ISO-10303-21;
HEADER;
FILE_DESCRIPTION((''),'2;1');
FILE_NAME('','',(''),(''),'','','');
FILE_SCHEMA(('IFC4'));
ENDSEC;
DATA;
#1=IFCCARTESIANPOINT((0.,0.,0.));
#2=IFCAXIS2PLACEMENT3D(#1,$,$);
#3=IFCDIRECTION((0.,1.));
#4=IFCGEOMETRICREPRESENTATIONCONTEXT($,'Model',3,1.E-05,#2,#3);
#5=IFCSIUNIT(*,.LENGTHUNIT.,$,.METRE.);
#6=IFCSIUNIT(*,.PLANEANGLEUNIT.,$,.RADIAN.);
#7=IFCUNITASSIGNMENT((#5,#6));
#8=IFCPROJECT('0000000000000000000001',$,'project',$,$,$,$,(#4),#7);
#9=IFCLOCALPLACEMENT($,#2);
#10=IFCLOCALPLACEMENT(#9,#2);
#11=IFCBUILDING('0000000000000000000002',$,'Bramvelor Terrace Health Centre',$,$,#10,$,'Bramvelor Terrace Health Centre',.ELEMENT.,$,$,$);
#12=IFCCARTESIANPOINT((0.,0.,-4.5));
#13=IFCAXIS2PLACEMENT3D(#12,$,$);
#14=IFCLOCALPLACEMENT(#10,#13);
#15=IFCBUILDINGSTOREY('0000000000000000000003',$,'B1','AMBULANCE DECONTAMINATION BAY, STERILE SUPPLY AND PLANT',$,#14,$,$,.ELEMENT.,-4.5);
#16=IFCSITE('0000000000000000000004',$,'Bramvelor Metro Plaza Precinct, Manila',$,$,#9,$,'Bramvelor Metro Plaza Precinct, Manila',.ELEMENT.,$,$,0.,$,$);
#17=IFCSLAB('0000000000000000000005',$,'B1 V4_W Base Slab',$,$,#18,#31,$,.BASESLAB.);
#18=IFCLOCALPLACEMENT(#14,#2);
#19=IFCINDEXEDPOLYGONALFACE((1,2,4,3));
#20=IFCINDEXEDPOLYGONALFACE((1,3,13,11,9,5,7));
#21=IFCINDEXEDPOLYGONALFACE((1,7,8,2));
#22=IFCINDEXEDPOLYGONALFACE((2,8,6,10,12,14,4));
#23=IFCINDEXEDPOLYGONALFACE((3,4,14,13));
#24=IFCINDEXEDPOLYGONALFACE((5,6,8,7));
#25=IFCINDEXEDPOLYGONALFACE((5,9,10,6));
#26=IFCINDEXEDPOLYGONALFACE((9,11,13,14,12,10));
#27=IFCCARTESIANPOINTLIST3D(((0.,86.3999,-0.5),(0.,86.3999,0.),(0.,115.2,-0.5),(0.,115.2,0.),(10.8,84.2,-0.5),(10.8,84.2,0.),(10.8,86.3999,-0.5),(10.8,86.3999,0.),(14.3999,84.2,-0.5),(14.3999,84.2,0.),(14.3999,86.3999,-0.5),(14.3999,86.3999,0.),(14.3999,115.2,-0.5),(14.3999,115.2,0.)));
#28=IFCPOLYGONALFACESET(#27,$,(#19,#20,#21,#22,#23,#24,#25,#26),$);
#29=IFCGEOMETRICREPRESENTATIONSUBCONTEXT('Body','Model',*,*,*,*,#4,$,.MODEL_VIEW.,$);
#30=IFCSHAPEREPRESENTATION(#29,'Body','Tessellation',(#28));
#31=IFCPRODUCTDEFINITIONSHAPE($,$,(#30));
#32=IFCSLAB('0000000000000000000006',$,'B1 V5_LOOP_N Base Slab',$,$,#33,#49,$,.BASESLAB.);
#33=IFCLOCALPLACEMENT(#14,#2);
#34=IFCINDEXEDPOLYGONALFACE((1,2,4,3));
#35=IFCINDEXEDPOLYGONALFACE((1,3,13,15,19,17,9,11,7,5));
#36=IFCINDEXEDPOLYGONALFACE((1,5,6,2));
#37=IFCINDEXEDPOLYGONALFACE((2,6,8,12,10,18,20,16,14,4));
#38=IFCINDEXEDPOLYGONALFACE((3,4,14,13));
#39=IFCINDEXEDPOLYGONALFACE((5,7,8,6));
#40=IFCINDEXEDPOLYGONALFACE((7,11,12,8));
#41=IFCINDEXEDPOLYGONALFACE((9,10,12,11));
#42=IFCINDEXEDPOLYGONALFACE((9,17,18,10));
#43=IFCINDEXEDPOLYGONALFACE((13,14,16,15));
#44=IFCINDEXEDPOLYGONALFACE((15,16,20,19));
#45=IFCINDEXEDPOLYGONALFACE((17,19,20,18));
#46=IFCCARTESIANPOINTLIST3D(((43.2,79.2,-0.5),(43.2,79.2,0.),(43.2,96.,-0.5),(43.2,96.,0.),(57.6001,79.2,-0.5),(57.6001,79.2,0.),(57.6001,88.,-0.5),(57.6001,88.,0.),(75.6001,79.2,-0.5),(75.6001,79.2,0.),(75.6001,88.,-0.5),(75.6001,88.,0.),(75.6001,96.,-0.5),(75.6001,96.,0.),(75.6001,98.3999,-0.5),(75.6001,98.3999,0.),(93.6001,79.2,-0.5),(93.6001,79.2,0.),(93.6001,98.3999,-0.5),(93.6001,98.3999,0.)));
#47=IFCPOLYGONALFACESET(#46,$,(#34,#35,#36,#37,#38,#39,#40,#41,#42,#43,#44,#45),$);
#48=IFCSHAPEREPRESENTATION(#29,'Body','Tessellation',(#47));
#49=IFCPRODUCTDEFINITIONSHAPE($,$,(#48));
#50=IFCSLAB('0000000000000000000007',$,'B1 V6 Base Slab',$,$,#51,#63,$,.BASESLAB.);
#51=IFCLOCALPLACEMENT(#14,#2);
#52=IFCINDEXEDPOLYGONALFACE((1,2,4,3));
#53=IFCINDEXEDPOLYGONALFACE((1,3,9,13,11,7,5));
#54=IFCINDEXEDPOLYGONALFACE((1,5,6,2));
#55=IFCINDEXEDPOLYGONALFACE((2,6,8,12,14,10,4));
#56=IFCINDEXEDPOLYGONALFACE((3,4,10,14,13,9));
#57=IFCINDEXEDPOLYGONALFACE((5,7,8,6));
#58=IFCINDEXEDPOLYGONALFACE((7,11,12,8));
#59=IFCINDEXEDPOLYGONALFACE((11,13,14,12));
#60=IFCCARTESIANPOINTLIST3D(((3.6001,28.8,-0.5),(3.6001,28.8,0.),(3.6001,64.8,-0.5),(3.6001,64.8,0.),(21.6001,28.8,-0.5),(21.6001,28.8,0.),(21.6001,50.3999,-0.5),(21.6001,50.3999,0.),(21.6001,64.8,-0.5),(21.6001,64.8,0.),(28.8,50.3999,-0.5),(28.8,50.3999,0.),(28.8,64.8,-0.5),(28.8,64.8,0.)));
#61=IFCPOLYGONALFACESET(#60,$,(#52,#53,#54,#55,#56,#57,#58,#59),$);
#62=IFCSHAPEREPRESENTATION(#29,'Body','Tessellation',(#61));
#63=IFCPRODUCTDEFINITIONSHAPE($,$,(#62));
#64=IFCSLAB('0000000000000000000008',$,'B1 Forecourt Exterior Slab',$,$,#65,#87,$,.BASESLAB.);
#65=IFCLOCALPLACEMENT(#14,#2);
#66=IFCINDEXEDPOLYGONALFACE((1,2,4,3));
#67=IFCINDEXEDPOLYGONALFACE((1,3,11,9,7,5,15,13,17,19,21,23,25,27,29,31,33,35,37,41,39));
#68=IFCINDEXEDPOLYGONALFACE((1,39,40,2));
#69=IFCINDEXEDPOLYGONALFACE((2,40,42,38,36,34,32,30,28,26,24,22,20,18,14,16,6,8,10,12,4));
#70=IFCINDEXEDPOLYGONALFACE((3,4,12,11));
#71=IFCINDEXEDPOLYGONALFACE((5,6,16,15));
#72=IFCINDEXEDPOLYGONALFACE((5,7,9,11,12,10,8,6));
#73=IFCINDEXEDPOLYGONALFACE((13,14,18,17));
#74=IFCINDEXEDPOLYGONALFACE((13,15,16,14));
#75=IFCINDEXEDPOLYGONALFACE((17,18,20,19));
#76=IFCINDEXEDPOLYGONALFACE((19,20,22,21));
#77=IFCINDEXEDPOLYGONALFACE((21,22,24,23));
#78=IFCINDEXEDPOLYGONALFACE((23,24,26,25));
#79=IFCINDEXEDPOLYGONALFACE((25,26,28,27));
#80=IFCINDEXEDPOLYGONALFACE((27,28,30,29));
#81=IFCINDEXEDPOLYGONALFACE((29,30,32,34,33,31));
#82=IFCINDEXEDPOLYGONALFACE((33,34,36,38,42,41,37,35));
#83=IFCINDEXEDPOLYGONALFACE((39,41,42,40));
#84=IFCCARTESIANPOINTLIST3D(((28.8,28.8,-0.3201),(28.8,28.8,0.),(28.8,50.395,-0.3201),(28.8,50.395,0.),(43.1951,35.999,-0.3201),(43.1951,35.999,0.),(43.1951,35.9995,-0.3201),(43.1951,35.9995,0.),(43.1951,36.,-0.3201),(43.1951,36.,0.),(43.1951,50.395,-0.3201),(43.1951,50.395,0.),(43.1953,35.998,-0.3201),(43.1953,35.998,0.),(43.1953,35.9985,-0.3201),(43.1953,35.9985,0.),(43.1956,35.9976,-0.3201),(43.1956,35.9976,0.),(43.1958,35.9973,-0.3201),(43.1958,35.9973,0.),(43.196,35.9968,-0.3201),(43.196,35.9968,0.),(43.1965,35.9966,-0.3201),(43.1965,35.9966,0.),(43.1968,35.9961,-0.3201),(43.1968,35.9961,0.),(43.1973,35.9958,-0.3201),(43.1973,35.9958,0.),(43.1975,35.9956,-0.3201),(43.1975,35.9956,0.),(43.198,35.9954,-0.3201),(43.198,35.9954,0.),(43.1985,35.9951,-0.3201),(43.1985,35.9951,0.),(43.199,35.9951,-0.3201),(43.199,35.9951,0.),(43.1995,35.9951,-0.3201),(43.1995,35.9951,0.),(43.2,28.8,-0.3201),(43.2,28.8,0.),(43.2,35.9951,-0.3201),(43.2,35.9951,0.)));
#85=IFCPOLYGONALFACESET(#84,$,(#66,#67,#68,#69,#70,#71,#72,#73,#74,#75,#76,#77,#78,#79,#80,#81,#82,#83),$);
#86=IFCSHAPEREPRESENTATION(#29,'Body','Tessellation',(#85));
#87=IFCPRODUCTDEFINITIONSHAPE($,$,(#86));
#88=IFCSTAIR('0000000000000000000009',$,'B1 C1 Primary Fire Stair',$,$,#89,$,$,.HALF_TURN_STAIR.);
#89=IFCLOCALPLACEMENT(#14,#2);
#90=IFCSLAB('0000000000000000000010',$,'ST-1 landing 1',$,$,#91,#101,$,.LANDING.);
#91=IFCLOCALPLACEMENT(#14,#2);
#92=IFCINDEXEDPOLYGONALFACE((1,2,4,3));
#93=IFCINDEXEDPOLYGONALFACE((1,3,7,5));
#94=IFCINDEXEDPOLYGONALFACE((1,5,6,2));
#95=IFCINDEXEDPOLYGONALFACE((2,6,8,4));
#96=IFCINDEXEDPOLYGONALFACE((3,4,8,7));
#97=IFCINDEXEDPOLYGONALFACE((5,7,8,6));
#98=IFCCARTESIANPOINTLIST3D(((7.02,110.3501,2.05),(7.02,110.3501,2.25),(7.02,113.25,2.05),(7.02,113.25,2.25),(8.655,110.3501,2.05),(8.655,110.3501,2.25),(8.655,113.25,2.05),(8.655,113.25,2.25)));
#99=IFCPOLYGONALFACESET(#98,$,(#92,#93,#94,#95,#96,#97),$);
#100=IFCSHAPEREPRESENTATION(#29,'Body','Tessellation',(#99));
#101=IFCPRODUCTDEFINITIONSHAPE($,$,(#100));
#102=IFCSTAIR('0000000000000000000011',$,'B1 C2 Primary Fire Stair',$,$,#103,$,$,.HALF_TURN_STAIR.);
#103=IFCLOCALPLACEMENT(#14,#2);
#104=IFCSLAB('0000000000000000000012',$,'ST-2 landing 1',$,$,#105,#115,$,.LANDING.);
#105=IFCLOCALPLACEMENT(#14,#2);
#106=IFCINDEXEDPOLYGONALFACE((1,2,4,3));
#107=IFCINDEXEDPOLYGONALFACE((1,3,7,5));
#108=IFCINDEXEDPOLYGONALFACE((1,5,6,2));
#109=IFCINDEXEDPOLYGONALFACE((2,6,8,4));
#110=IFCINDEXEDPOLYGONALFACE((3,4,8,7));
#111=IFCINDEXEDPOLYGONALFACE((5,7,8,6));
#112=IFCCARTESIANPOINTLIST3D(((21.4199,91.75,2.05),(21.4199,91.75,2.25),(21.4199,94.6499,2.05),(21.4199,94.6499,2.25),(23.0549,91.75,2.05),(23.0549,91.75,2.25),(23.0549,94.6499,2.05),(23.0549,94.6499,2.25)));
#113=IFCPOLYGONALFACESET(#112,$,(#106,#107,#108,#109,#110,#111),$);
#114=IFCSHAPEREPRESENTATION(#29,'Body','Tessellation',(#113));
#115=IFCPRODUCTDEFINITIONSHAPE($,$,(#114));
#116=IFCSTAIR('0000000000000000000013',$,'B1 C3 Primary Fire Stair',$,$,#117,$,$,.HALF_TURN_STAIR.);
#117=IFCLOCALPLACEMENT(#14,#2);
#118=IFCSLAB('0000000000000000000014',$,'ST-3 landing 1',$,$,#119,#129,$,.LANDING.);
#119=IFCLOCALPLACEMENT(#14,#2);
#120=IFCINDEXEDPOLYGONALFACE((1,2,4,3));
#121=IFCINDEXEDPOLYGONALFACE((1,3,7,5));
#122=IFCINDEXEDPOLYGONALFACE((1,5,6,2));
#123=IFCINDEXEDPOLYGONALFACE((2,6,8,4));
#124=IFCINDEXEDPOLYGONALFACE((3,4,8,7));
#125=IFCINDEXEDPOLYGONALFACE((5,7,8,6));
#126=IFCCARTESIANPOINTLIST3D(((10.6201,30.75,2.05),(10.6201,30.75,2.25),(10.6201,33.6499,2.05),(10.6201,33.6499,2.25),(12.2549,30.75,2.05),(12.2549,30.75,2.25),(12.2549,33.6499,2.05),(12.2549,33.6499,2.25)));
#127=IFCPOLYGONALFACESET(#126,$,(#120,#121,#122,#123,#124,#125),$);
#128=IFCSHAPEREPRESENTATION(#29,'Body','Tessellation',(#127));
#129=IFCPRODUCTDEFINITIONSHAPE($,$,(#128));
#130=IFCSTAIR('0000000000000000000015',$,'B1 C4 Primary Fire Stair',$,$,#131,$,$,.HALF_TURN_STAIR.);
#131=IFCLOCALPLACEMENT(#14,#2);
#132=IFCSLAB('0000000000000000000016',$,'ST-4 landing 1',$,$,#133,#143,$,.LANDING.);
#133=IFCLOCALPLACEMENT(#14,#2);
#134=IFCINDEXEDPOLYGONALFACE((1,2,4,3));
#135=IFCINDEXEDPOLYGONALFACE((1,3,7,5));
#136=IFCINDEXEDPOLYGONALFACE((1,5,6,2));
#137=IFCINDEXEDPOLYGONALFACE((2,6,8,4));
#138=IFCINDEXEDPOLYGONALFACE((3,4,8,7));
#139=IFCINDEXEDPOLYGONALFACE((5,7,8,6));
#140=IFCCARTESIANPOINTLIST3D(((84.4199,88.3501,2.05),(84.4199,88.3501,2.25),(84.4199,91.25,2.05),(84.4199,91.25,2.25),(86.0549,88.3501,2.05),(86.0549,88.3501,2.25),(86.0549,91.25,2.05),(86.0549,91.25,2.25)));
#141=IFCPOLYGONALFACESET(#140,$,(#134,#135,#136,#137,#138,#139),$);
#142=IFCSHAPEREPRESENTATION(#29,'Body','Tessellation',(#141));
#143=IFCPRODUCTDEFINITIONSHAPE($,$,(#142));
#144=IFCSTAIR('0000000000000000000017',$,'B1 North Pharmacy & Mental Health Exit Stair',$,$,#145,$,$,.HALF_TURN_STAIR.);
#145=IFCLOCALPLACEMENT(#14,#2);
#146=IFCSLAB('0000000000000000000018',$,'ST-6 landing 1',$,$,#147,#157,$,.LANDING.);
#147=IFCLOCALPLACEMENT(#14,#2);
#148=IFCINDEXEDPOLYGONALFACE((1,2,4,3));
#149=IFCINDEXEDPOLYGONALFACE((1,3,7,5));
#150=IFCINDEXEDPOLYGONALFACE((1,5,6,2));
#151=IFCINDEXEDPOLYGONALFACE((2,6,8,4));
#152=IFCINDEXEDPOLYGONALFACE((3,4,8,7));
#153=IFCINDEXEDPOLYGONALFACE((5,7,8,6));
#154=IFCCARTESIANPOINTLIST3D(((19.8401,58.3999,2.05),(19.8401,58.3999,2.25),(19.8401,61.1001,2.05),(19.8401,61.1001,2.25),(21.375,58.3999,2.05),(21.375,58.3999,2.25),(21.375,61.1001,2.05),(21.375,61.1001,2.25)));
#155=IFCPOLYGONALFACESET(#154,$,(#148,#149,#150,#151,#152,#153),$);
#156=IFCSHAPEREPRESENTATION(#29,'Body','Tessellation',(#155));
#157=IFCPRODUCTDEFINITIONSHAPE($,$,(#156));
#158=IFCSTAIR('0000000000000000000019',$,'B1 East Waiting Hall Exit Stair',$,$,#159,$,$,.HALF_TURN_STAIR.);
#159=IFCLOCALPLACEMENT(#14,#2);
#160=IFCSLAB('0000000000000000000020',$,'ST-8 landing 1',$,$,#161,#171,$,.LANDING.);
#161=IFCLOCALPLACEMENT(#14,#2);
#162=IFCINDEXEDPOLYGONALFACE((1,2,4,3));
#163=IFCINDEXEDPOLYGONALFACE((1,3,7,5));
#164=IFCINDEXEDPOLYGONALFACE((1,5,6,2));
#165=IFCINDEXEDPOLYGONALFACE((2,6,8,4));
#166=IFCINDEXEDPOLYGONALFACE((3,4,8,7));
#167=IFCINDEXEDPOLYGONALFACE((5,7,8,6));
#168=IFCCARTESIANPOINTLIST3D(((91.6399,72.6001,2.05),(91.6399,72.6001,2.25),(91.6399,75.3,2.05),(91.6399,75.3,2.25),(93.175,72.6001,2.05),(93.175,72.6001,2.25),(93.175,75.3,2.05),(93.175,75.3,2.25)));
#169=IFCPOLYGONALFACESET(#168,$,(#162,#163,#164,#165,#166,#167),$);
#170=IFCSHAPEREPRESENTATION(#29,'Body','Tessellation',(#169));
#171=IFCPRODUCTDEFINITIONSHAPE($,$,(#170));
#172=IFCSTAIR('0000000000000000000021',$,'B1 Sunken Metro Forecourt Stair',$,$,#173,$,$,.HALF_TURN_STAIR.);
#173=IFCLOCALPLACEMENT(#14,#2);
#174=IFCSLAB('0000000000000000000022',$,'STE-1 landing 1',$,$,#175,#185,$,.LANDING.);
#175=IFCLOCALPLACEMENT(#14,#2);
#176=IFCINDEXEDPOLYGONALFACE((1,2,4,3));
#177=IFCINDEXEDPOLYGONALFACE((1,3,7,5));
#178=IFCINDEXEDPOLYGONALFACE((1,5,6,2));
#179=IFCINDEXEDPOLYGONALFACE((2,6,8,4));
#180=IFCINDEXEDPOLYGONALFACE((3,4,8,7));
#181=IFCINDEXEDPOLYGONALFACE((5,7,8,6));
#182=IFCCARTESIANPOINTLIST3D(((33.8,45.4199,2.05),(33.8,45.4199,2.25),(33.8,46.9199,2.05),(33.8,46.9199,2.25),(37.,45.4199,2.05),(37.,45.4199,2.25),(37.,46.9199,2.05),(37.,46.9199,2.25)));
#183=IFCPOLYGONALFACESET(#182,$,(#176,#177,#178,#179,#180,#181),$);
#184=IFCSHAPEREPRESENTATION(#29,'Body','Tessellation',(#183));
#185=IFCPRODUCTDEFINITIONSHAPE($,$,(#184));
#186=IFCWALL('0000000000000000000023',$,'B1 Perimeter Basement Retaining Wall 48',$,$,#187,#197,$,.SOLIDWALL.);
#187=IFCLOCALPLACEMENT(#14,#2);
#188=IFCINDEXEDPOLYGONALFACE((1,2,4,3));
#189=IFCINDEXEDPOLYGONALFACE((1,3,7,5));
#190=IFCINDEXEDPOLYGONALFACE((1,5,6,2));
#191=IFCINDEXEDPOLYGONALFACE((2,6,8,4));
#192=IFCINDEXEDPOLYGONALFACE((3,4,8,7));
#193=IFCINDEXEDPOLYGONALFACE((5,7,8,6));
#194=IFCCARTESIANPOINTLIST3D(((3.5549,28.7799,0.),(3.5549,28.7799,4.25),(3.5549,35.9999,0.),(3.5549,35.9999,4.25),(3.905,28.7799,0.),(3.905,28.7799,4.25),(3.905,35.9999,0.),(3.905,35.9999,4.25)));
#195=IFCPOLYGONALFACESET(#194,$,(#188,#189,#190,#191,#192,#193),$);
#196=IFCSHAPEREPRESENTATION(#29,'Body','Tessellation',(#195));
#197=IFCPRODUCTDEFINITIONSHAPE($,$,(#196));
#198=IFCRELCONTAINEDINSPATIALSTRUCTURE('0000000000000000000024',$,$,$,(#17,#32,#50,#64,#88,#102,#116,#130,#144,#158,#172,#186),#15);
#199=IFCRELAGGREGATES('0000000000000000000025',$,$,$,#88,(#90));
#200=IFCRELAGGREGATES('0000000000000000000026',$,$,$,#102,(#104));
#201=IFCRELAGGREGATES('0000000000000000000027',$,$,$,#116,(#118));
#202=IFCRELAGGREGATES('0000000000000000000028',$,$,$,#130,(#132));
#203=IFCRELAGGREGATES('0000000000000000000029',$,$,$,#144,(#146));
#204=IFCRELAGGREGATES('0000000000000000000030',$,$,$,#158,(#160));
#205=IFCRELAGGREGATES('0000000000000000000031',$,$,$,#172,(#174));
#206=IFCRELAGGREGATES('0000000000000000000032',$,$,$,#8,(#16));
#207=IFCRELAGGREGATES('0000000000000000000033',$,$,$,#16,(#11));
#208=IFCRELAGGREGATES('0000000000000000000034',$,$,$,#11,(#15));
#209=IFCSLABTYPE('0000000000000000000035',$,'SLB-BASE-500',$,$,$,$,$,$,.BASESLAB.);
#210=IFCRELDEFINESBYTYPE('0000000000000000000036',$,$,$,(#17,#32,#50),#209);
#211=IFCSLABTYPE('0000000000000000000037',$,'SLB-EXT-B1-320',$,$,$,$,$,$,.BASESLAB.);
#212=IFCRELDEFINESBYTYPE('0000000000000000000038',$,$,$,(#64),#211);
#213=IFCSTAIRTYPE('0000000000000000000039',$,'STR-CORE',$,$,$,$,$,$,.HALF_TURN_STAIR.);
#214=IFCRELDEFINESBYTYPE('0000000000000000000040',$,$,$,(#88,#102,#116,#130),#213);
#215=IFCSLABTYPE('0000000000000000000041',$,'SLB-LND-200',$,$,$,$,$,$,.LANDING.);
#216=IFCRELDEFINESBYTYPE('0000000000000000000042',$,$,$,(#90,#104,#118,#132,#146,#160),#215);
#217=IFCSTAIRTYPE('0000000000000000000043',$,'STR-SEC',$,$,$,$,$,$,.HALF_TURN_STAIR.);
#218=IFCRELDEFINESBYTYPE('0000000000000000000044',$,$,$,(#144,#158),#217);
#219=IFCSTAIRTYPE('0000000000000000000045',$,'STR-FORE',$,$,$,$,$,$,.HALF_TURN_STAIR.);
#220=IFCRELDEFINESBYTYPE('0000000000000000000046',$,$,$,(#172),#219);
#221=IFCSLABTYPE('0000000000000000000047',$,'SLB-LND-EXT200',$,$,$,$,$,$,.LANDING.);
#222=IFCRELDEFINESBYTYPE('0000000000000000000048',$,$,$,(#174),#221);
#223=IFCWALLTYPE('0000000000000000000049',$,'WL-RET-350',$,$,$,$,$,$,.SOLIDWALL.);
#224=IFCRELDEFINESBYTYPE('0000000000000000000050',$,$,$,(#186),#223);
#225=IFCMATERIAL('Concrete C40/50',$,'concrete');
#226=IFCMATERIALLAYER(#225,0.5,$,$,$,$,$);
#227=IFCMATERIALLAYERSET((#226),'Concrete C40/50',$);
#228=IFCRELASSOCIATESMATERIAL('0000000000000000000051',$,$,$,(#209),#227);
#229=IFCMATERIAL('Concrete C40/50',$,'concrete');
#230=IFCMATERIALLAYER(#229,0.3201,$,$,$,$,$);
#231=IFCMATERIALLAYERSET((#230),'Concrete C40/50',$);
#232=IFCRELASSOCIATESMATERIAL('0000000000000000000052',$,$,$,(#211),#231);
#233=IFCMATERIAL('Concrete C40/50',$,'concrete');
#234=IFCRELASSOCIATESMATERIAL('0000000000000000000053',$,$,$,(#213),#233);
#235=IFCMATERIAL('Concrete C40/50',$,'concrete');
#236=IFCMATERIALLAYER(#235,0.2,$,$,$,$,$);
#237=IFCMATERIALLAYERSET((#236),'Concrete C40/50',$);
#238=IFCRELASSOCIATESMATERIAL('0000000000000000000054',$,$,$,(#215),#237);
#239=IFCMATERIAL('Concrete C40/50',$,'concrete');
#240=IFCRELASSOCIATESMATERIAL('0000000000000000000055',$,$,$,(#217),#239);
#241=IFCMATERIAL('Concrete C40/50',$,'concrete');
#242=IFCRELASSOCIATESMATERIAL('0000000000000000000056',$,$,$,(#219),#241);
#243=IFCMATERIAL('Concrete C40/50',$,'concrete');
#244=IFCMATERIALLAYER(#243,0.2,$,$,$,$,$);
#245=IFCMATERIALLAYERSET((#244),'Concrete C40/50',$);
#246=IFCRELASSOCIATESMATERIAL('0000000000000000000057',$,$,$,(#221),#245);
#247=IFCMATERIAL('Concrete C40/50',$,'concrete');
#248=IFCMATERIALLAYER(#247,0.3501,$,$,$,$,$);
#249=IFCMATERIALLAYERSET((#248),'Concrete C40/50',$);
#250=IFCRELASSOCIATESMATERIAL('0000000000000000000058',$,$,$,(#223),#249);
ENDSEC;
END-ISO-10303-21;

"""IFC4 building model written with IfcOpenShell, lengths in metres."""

from ifc_helpers import new_model, si_unit, direction, frame, frame_2d, origin, place, context, subcontext, project, spatial, polyline, rectangle, outline, extrude, material, layer, layer_set, type_object, element, aggregate, save


model = new_model("IFC4")

# Units and contexts
model_context = context("Model", 3, precision=1e-05, world=origin(), true_north=direction((0.0, 1.0)))
body_context = subcontext(model_context, "Body", "Model", "MODEL_VIEW")
ifc_project = project(units=[si_unit("LENGTHUNIT", "METRE"), si_unit("PLANEANGLEUNIT", "RADIAN")], contexts=[model_context])

# Site, building, storey
site_placement = place(None, origin())
site = spatial("IfcSite", under=ifc_project, at=site_placement, Name="Bramvelor Metro Plaza Precinct, Manila", LongName="Bramvelor Metro Plaza Precinct, Manila", CompositionType="ELEMENT", RefElevation=0.0)
building_placement = place(site_placement, origin())
building = spatial("IfcBuilding", under=site, at=building_placement, Name="Bramvelor Terrace Health Centre", LongName="Bramvelor Terrace Health Centre", CompositionType="ELEMENT")
storey_placement = place(building_placement, frame((0.0, 0.0, -4.5)))
storey = spatial("IfcBuildingStorey", under=building, at=storey_placement, Name="B1", Description="AMBULANCE DECONTAMINATION BAY, STERILE SUPPLY AND PLANT", CompositionType="ELEMENT", Elevation=-4.5)

# Slabs
ifc_material_1 = material(Name="Concrete C40/50", Category="concrete")
ifc_layer_1 = layer(ifc_material_1, 0.5)
ifc_layer_set_1 = layer_set([ifc_layer_1], Name="Concrete C40/50")
slab_type_1 = type_object("IfcSlabType", Name="SLB-BASE-500", PredefinedType="BASESLAB", material=ifc_layer_set_1)
slab_1_placement = place(storey_placement, frame((0.0, 0.0, -0.5)))
element("IfcSlab", 1, at=slab_1_placement, inside=storey, type_object=slab_type_1, Name="B1 V4_W Base Slab", PredefinedType="BASESLAB", context=body_context, shape_type="SweptSolid", body=[
    extrude(outline(polyline([(0.0, 86.3999), (0.0, 115.2), (14.3999, 115.2), (14.3999, 86.3999), (14.3999, 84.2), (10.8, 84.2), (10.8, 86.3999), (0.0, 86.3999)])), origin(), (0.0, 0.0, 1.0), 0.5),
])
slab_2_placement = place(storey_placement, frame((0.0, 0.0, -0.5)))
element("IfcSlab", 2, at=slab_2_placement, inside=storey, type_object=slab_type_1, Name="B1 V5_LOOP_N Base Slab", PredefinedType="BASESLAB", context=body_context, shape_type="SweptSolid", body=[
    extrude(outline(polyline([(43.2, 96.0), (75.6001, 96.0), (75.6001, 98.3999), (93.6001, 98.3999), (93.6001, 79.2), (75.6001, 79.2), (75.6001, 88.0), (57.6001, 88.0), (57.6001, 79.2), (43.2, 79.2), (43.2, 96.0)])), origin(), (0.0, 0.0, 1.0), 0.5),
])
slab_3_placement = place(storey_placement, frame((0.0, 0.0, -0.5)))
element("IfcSlab", 3, at=slab_3_placement, inside=storey, type_object=slab_type_1, Name="B1 V6 Base Slab", PredefinedType="BASESLAB", context=body_context, shape_type="SweptSolid", body=[
    extrude(outline(polyline([(21.6001, 28.8), (3.6001, 28.8), (3.6001, 64.8), (21.6001, 64.8), (28.8, 64.8), (28.8, 50.3999), (21.6001, 50.3999), (21.6001, 28.8)])), origin(), (0.0, 0.0, 1.0), 0.5),
])
ifc_material_2 = material(Name="Concrete C40/50", Category="concrete")
ifc_layer_2 = layer(ifc_material_2, 0.3201)
ifc_layer_set_2 = layer_set([ifc_layer_2], Name="Concrete C40/50")
slab_type_2 = type_object("IfcSlabType", Name="SLB-EXT-B1-320", PredefinedType="BASESLAB", material=ifc_layer_set_2)
slab_4_placement = place(storey_placement, frame((0.0, 0.0, -0.3201)))
element("IfcSlab", 4, at=slab_4_placement, inside=storey, type_object=slab_type_2, Name="B1 Forecourt Exterior Slab", PredefinedType="BASESLAB", context=body_context, shape_type="SweptSolid", body=[
    extrude(outline(polyline([(43.2, 28.8), (28.8, 28.8), (28.8, 50.395), (43.1951, 50.395), (43.1951, 36.0), (43.1951, 35.9995), (43.1951, 35.999), (43.1953, 35.9985), (43.1953, 35.998), (43.1956, 35.9976), (43.1958, 35.9973), (43.196, 35.9968), (43.1965, 35.9966), (43.1968, 35.9961), (43.1973, 35.9958), (43.1975, 35.9956), (43.198, 35.9954), (43.1985, 35.9951), (43.199, 35.9951), (43.1995, 35.9951), (43.2, 35.9951), (43.2, 28.8)])), origin(), (0.0, 0.0, 1.0), 0.3201),
])

# Stairs, slabs
ifc_material_3 = material(Name="Concrete C40/50", Category="concrete")
stair_type_1 = type_object("IfcStairType", Name="STR-CORE", PredefinedType="HALF_TURN_STAIR", material=ifc_material_3)
stair_1_placement = place(storey_placement, origin())
stair_1 = element("IfcStair", 5, at=stair_1_placement, inside=storey, type_object=stair_type_1, Name="B1 C1 Primary Fire Stair", PredefinedType="HALF_TURN_STAIR")
ifc_material_4 = material(Name="Concrete C40/50", Category="concrete")
ifc_layer_3 = layer(ifc_material_4, 0.2)
ifc_layer_set_3 = layer_set([ifc_layer_3], Name="Concrete C40/50")
slab_type_3 = type_object("IfcSlabType", Name="SLB-LND-200", PredefinedType="LANDING", material=ifc_layer_set_3)
slab_5_placement = place(storey_placement, frame((0.0, 0.0, 2.05)))
slab_5 = element("IfcSlab", 6, at=slab_5_placement, type_object=slab_type_3, Name="ST-1 landing 1", PredefinedType="LANDING", context=body_context, shape_type="SweptSolid", body=[
    extrude(outline(polyline([(7.02, 110.3501), (8.655, 110.3501), (8.655, 113.25), (7.02, 113.25), (7.02, 110.3501)])), origin(), (0.0, 0.0, 1.0), 0.2),
])
aggregate(stair_1, [slab_5])
stair_2_placement = place(storey_placement, origin())
stair_2 = element("IfcStair", 7, at=stair_2_placement, inside=storey, type_object=stair_type_1, Name="B1 C2 Primary Fire Stair", PredefinedType="HALF_TURN_STAIR")
slab_6_placement = place(storey_placement, frame((0.0, 0.0, 2.05)))
slab_6 = element("IfcSlab", 8, at=slab_6_placement, type_object=slab_type_3, Name="ST-2 landing 1", PredefinedType="LANDING", context=body_context, shape_type="SweptSolid", body=[
    extrude(outline(polyline([(21.4199, 91.75), (23.0549, 91.75), (23.0549, 94.6499), (21.4199, 94.6499), (21.4199, 91.75)])), origin(), (0.0, 0.0, 1.0), 0.2),
])
aggregate(stair_2, [slab_6])
stair_3_placement = place(storey_placement, origin())
stair_3 = element("IfcStair", 9, at=stair_3_placement, inside=storey, type_object=stair_type_1, Name="B1 C3 Primary Fire Stair", PredefinedType="HALF_TURN_STAIR")
slab_7_placement = place(storey_placement, frame((0.0, 0.0, 2.05)))
slab_7 = element("IfcSlab", 10, at=slab_7_placement, type_object=slab_type_3, Name="ST-3 landing 1", PredefinedType="LANDING", context=body_context, shape_type="SweptSolid", body=[
    extrude(outline(polyline([(10.6201, 30.75), (12.2549, 30.75), (12.2549, 33.6499), (10.6201, 33.6499), (10.6201, 30.75)])), origin(), (0.0, 0.0, 1.0), 0.2),
])
aggregate(stair_3, [slab_7])
stair_4_placement = place(storey_placement, origin())
stair_4 = element("IfcStair", 11, at=stair_4_placement, inside=storey, type_object=stair_type_1, Name="B1 C4 Primary Fire Stair", PredefinedType="HALF_TURN_STAIR")
slab_8_placement = place(storey_placement, frame((0.0, 0.0, 2.05)))
slab_8 = element("IfcSlab", 12, at=slab_8_placement, type_object=slab_type_3, Name="ST-4 landing 1", PredefinedType="LANDING", context=body_context, shape_type="SweptSolid", body=[
    extrude(outline(polyline([(84.4199, 88.3501), (86.0549, 88.3501), (86.0549, 91.25), (84.4199, 91.25), (84.4199, 88.3501)])), origin(), (0.0, 0.0, 1.0), 0.2),
])
aggregate(stair_4, [slab_8])
ifc_material_5 = material(Name="Concrete C40/50", Category="concrete")
stair_type_2 = type_object("IfcStairType", Name="STR-SEC", PredefinedType="HALF_TURN_STAIR", material=ifc_material_5)
stair_5_placement = place(storey_placement, origin())
stair_5 = element("IfcStair", 13, at=stair_5_placement, inside=storey, type_object=stair_type_2, Name="B1 North Pharmacy & Mental Health Exit Stair", PredefinedType="HALF_TURN_STAIR")
slab_9_placement = place(storey_placement, frame((0.0, 0.0, 2.05)))
slab_9 = element("IfcSlab", 14, at=slab_9_placement, type_object=slab_type_3, Name="ST-6 landing 1", PredefinedType="LANDING", context=body_context, shape_type="SweptSolid", body=[
    extrude(outline(polyline([(19.8401, 58.3999), (21.375, 58.3999), (21.375, 61.1001), (19.8401, 61.1001), (19.8401, 58.3999)])), origin(), (0.0, 0.0, 1.0), 0.2),
])
aggregate(stair_5, [slab_9])
stair_6_placement = place(storey_placement, origin())
stair_6 = element("IfcStair", 15, at=stair_6_placement, inside=storey, type_object=stair_type_2, Name="B1 East Waiting Hall Exit Stair", PredefinedType="HALF_TURN_STAIR")
slab_10_placement = place(storey_placement, frame((0.0, 0.0, 2.05)))
slab_10 = element("IfcSlab", 16, at=slab_10_placement, type_object=slab_type_3, Name="ST-8 landing 1", PredefinedType="LANDING", context=body_context, shape_type="SweptSolid", body=[
    extrude(outline(polyline([(91.6399, 72.6001), (93.175, 72.6001), (93.175, 75.3), (91.6399, 75.3), (91.6399, 72.6001)])), origin(), (0.0, 0.0, 1.0), 0.2),
])
aggregate(stair_6, [slab_10])
ifc_material_6 = material(Name="Concrete C40/50", Category="concrete")
stair_type_3 = type_object("IfcStairType", Name="STR-FORE", PredefinedType="HALF_TURN_STAIR", material=ifc_material_6)
stair_7_placement = place(storey_placement, origin())
stair_7 = element("IfcStair", 17, at=stair_7_placement, inside=storey, type_object=stair_type_3, Name="B1 Sunken Metro Forecourt Stair", PredefinedType="HALF_TURN_STAIR")
ifc_material_7 = material(Name="Concrete C40/50", Category="concrete")
ifc_layer_4 = layer(ifc_material_7, 0.2)
ifc_layer_set_4 = layer_set([ifc_layer_4], Name="Concrete C40/50")
slab_type_4 = type_object("IfcSlabType", Name="SLB-LND-EXT200", PredefinedType="LANDING", material=ifc_layer_set_4)
slab_11_placement = place(storey_placement, frame((0.0, 0.0, 2.05)))
slab_11 = element("IfcSlab", 18, at=slab_11_placement, type_object=slab_type_4, Name="STE-1 landing 1", PredefinedType="LANDING", context=body_context, shape_type="SweptSolid", body=[
    extrude(outline(polyline([(33.8, 46.9199), (33.8, 45.4199), (37.0, 45.4199), (37.0, 46.9199), (33.8, 46.9199)])), origin(), (0.0, 0.0, 1.0), 0.2),
])
aggregate(stair_7, [slab_11])

# Wall
ifc_material_8 = material(Name="Concrete C40/50", Category="concrete")
ifc_layer_5 = layer(ifc_material_8, 0.3501)
ifc_layer_set_5 = layer_set([ifc_layer_5], Name="Concrete C40/50")
wall_type = type_object("IfcWallType", Name="WL-RET-350", PredefinedType="SOLIDWALL", material=ifc_layer_set_5)
wall_placement = place(storey_placement, frame((3.73, 28.78, 0.0), z_axis=(0.0, 0.0, 1.0), x_axis=(0.0, 1.0, 0.0)))
element("IfcWall", 19, at=wall_placement, inside=storey, type_object=wall_type, Name="B1 Perimeter Basement Retaining Wall 48", PredefinedType="SOLIDWALL", context=body_context, shape_type="SweptSolid", body=[
    extrude(rectangle(XDim=7.22, YDim=0.3501, at=frame_2d((3.6099, 0.0))), origin(), (0.0, 0.0, 1.0), 4.25),
])

save(model, "model.ifc")
